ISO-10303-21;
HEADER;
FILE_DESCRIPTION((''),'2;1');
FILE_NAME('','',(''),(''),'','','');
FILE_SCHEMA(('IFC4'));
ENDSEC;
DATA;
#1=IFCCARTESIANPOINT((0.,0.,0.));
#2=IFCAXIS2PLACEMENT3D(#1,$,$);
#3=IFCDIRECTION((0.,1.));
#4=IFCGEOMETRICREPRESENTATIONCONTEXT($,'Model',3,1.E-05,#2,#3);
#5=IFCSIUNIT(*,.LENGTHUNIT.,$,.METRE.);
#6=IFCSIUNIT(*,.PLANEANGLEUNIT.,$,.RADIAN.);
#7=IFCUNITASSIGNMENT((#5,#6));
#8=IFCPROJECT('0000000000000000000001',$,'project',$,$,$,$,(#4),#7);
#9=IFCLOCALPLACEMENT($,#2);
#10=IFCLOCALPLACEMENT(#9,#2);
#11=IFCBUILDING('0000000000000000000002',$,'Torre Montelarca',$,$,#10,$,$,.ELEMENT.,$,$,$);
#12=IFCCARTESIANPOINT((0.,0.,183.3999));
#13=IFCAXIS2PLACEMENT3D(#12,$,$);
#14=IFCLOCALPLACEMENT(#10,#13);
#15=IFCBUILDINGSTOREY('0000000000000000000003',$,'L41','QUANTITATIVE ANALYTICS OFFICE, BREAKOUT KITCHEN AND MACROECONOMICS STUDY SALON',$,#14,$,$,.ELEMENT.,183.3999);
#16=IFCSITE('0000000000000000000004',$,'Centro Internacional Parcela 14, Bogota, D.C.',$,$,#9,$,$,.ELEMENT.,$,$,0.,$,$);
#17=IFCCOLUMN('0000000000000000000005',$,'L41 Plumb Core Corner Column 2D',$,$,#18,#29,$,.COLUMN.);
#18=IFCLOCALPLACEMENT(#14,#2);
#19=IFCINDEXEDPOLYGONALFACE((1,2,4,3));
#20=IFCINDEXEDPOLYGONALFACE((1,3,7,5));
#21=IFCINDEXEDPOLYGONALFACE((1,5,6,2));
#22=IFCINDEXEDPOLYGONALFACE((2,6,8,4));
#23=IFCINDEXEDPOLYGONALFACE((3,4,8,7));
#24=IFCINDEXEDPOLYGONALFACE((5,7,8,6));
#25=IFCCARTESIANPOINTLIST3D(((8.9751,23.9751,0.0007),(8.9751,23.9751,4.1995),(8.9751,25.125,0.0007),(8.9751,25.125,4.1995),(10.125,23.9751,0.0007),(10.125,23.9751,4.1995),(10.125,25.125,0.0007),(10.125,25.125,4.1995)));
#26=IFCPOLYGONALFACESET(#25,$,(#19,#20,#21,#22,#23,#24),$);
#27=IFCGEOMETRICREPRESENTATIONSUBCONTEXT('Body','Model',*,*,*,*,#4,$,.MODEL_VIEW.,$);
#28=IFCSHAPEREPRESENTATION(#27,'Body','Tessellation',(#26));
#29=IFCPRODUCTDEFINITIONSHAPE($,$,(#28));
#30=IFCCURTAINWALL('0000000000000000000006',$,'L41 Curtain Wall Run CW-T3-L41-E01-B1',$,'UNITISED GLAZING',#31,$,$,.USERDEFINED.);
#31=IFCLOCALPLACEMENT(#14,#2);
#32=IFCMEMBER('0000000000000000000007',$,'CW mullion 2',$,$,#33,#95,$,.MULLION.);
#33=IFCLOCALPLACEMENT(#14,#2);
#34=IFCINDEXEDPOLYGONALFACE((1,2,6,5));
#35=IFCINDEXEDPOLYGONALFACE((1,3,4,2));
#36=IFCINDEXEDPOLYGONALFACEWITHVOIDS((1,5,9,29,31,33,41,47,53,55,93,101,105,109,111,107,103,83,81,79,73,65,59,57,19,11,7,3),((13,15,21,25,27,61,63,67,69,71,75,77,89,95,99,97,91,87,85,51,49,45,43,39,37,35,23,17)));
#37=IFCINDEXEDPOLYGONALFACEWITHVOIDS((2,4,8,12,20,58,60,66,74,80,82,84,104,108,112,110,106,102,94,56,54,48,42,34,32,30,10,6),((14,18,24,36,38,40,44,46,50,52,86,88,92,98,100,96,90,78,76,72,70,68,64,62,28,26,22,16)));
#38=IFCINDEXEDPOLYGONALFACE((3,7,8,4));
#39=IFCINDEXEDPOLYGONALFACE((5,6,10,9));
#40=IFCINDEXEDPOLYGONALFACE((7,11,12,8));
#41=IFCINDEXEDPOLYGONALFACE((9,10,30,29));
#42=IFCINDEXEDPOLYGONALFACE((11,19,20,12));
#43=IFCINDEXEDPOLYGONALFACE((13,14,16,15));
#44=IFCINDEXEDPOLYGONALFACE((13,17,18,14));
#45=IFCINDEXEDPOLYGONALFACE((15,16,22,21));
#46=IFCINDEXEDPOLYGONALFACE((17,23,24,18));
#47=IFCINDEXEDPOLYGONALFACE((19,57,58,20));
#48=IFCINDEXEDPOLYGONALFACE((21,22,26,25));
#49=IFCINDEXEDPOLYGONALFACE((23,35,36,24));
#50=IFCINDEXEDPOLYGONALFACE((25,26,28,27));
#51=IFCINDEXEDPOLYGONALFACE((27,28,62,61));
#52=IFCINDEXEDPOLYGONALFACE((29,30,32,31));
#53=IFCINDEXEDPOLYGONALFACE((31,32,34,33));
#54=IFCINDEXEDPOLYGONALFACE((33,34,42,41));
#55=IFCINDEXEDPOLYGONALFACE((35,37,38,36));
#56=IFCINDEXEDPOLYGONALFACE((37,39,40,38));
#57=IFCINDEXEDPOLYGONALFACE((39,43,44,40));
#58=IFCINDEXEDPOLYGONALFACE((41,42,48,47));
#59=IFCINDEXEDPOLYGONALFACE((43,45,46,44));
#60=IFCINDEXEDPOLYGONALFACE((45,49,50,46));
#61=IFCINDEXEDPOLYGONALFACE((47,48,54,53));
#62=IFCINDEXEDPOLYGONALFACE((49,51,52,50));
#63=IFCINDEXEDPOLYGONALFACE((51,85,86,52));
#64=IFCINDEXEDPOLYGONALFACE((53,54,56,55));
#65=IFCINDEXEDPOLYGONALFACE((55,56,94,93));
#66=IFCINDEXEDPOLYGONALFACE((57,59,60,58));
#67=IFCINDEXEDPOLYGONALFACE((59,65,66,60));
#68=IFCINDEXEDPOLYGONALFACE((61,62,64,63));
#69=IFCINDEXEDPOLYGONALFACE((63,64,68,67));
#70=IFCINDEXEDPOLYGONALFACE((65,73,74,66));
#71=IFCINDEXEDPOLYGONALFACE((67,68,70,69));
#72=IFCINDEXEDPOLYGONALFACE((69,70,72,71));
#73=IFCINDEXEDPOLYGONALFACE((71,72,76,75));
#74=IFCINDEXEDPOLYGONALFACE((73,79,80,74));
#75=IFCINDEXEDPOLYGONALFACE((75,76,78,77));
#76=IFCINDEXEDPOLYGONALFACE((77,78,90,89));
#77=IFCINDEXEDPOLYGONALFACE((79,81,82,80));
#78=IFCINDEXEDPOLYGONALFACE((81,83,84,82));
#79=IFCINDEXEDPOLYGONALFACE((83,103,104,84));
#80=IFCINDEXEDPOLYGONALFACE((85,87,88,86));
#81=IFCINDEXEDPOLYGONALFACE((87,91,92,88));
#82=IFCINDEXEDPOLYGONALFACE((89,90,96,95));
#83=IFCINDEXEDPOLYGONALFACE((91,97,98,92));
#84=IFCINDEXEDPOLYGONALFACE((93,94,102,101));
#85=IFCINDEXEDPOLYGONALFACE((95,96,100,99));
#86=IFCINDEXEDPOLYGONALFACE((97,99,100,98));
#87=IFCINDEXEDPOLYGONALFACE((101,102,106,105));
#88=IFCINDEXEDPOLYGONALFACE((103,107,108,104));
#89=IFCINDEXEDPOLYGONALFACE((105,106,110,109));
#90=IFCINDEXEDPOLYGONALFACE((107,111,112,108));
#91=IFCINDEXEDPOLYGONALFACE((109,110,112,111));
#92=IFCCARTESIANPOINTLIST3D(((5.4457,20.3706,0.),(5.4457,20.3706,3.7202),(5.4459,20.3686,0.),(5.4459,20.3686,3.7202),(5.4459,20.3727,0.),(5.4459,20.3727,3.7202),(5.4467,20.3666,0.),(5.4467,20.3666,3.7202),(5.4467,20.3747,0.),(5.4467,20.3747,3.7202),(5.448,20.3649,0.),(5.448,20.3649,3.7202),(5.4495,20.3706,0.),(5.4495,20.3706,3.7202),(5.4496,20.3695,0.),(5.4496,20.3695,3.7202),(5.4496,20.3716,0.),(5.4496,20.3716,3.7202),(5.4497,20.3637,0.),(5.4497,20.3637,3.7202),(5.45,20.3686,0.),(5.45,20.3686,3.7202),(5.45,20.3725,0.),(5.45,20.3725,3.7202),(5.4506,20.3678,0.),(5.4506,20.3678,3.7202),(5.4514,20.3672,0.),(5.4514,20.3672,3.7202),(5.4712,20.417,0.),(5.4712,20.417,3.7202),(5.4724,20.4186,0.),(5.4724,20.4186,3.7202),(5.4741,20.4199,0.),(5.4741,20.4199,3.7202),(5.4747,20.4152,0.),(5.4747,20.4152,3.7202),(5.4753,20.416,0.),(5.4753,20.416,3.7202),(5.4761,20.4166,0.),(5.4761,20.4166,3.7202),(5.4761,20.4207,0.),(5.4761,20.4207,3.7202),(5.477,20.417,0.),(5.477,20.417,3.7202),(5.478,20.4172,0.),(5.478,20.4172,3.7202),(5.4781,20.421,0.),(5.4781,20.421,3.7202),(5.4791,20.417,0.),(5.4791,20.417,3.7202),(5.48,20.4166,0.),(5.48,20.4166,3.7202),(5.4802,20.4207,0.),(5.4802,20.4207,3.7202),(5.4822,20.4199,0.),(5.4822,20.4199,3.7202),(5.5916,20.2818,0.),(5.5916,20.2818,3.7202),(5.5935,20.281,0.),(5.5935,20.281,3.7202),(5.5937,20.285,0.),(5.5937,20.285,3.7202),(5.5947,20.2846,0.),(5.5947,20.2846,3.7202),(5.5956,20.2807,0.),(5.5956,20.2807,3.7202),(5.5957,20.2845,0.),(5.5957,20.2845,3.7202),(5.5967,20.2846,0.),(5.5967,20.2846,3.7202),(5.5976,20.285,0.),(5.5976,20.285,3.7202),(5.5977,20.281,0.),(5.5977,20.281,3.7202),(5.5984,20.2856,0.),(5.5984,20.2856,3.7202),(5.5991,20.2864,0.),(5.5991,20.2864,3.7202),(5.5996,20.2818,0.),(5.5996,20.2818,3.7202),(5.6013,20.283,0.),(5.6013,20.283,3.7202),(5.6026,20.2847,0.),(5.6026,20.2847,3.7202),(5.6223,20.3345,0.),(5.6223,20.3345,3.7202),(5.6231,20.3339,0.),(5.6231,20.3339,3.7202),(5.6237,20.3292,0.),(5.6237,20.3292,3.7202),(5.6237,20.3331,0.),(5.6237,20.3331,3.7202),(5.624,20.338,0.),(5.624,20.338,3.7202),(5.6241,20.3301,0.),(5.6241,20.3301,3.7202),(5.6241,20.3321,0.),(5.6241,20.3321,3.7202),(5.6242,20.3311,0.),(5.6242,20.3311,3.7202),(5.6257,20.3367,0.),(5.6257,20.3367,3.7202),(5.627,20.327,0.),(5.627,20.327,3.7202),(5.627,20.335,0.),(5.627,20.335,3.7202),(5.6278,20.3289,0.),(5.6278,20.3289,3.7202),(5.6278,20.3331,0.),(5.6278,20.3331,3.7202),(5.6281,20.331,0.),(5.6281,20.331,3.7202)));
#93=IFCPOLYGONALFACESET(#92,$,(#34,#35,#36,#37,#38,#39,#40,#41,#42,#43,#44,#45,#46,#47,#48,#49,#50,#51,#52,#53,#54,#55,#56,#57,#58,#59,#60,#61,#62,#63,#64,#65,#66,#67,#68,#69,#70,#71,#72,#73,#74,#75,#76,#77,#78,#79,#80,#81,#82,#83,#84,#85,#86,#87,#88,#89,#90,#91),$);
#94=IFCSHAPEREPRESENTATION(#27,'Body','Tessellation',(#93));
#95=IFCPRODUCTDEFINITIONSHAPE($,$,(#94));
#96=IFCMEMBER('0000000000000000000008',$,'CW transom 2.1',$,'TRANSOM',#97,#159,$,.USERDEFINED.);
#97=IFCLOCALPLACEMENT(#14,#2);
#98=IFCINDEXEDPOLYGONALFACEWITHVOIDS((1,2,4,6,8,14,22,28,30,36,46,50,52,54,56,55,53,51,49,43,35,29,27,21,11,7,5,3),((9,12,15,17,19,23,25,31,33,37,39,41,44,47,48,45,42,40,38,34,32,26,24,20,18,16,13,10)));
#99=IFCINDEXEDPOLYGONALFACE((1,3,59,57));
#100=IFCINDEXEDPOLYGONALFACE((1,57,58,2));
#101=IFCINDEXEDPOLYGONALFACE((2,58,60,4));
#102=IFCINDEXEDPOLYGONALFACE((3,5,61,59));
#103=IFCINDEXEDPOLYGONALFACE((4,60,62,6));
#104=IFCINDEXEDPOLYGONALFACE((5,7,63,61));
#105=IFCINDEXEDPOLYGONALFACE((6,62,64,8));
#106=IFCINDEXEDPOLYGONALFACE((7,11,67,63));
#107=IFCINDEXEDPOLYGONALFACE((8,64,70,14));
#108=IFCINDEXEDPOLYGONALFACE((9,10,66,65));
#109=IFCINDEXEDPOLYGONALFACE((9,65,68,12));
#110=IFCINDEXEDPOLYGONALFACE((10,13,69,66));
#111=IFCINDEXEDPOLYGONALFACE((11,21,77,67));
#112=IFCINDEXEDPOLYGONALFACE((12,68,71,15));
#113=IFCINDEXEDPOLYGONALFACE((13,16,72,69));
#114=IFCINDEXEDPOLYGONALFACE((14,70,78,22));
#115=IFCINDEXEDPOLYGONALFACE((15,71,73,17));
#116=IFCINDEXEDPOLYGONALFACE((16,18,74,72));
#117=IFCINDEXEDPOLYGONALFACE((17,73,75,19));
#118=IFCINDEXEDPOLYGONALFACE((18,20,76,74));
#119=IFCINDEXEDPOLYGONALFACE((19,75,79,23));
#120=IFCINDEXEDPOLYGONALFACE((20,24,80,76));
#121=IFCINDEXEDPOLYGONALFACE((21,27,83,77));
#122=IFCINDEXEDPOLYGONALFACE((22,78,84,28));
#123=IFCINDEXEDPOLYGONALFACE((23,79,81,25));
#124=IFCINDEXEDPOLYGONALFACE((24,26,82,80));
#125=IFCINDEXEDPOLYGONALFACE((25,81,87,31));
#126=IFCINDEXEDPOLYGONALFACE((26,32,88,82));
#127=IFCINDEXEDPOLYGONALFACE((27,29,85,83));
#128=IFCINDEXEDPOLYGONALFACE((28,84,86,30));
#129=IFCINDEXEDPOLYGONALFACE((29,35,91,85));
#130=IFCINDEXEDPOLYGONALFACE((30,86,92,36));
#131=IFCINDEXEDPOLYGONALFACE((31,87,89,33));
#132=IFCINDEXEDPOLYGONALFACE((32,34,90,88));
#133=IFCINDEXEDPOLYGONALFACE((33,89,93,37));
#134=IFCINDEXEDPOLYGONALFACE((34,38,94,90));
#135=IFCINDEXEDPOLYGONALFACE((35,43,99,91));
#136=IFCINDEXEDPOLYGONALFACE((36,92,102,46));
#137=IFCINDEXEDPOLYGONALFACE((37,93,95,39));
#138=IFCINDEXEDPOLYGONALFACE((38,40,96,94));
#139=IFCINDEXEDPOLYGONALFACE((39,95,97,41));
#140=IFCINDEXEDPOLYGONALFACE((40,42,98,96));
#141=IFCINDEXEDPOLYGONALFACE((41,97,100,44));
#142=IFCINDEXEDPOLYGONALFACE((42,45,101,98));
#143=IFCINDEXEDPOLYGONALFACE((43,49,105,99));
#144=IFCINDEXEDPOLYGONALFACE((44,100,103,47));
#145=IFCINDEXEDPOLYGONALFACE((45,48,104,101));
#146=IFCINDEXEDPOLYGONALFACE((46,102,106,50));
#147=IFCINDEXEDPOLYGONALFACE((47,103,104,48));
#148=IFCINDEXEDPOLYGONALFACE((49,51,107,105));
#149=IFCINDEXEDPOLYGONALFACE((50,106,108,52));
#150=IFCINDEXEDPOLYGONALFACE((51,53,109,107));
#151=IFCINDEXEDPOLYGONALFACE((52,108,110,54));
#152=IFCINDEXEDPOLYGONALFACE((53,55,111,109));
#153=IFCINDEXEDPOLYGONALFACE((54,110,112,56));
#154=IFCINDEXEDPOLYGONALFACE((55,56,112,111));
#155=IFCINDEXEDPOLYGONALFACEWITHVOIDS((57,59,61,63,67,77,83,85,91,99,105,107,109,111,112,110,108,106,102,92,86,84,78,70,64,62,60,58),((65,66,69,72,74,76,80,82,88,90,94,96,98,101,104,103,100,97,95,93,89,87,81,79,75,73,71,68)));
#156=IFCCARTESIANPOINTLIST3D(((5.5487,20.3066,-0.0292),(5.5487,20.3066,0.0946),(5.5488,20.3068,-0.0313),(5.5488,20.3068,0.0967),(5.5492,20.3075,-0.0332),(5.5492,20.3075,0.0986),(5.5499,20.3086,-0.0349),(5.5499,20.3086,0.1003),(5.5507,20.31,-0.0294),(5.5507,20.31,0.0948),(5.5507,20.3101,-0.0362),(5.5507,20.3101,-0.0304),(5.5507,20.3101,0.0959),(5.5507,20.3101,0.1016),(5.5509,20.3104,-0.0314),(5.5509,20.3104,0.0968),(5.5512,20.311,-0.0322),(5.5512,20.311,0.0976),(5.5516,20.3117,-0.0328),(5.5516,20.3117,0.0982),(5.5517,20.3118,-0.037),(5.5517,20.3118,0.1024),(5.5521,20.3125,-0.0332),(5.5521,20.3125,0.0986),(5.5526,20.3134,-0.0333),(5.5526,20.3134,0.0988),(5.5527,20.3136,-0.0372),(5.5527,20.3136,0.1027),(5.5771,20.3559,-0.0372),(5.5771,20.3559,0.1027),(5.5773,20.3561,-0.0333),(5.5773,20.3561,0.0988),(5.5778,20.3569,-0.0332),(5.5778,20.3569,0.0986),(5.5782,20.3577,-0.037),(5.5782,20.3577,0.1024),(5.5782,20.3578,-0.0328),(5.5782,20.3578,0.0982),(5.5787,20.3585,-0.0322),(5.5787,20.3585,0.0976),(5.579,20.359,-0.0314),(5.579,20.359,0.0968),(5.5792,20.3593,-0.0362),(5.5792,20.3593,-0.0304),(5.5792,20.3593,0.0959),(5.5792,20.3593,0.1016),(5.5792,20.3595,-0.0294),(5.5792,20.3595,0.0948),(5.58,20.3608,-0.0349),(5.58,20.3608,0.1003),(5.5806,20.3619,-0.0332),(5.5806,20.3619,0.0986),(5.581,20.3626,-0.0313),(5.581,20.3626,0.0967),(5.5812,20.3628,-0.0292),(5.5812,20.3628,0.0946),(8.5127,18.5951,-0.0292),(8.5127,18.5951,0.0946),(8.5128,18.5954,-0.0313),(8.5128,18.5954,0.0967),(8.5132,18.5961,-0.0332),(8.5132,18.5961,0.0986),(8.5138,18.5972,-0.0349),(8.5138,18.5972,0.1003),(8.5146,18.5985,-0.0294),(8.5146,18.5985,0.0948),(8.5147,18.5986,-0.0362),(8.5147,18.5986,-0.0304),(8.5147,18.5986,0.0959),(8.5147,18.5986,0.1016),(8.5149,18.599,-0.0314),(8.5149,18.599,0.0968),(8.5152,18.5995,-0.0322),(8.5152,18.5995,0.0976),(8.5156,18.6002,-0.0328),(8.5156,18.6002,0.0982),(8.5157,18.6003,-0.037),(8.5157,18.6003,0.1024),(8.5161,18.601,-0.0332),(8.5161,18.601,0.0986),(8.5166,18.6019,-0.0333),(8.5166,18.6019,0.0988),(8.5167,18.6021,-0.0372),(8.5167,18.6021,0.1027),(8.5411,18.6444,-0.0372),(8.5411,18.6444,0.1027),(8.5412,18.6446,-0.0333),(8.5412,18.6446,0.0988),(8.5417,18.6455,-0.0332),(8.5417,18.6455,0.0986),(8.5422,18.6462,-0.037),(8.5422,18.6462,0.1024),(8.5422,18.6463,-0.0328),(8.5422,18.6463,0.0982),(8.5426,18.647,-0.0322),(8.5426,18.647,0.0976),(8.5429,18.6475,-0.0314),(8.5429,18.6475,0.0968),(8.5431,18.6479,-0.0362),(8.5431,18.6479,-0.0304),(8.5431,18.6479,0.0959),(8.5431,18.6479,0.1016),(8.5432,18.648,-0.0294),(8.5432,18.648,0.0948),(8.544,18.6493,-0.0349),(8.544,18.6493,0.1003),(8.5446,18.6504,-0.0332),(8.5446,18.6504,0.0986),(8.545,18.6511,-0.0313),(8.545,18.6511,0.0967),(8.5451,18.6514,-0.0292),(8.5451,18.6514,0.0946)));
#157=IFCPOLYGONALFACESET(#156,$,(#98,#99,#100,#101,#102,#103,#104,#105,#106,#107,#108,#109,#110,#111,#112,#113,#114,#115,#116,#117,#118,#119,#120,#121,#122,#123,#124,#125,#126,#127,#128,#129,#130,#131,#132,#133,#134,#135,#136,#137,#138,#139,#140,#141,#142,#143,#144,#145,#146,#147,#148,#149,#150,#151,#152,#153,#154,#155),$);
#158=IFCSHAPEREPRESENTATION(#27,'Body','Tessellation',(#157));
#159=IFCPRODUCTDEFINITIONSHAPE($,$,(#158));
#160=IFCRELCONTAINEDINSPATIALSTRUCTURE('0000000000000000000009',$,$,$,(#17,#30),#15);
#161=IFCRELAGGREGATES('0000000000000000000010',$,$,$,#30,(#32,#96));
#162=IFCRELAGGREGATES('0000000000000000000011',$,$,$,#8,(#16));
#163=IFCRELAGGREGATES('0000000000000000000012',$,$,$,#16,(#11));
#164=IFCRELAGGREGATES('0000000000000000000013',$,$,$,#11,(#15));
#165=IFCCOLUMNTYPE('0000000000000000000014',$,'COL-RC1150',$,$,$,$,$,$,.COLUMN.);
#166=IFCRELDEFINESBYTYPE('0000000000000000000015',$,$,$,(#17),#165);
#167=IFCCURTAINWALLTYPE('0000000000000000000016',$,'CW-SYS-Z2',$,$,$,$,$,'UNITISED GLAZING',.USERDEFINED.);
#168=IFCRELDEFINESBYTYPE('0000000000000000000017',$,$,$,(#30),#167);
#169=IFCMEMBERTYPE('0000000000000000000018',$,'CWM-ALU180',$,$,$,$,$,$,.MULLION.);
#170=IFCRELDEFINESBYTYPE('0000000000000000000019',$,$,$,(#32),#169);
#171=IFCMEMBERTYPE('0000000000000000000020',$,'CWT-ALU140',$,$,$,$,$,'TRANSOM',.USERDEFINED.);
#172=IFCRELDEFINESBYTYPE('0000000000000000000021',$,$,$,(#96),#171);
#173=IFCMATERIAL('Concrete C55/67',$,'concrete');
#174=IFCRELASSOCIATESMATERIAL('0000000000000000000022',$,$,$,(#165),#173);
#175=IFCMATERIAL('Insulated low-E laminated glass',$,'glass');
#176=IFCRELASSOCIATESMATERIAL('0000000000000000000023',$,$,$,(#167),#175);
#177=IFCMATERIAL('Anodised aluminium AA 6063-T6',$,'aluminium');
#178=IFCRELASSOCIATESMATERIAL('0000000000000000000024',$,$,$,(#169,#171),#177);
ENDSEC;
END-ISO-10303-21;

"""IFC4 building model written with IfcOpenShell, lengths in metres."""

from ifc_helpers import new_model, si_unit, direction, frame, origin, origin_2d, place, context, subcontext, project, spatial, rectangle, hollow_rectangle, extrude, source, transform, mapped, material, material_profile, profile_set, type_object, element, aggregate, save


model = new_model("IFC4")

# Units and contexts
model_context = context("Model", 3, precision=1e-05, world=origin(), true_north=direction((0.0, 1.0)))
body_context = subcontext(model_context, "Body", "Model", "MODEL_VIEW")
ifc_project = project(units=[si_unit("LENGTHUNIT", "METRE"), si_unit("PLANEANGLEUNIT", "RADIAN")], contexts=[model_context])

# Site, building, storey
site_placement = place(None, origin())
site = spatial("IfcSite", under=ifc_project, at=site_placement, Name="Centro Internacional Parcela 14, Bogota, D.C.", CompositionType="ELEMENT", RefElevation=0.0)
building_placement = place(site_placement, origin())
building = spatial("IfcBuilding", under=site, at=building_placement, Name="Torre Montelarca", CompositionType="ELEMENT")
storey_placement = place(building_placement, frame((0.0, 0.0, 183.3999)))
storey = spatial("IfcBuildingStorey", under=building, at=storey_placement, Name="L41", Description="QUANTITATIVE ANALYTICS OFFICE, BREAKOUT KITCHEN AND MACROECONOMICS STUDY SALON", CompositionType="ELEMENT", Elevation=183.3999)

# Column
ifc_material_1 = material(Name="Concrete C55/67", Category="concrete")
ifc_material_profile_1 = material_profile(ifc_material_1, rectangle(XDim=1.1499, YDim=1.1499, at=origin_2d()), Name="RC1150X1150", Category="concrete")
ifc_profile_set_1 = profile_set([ifc_material_profile_1], Name="Concrete C55/67")
column_type = type_object("IfcColumnType", Name="COL-RC1150", PredefinedType="COLUMN", material=ifc_profile_set_1)
shared_shape_1 = source(origin(), body_context, "Body", "SweptSolid", [
    extrude(rectangle(XDim=1.1499, YDim=1.1499, at=origin_2d()), origin(), (0.0, 0.0, 1.0), 4.1987),
])
column_placement = place(storey_placement, frame((9.55, 24.55, 0.0007), z_axis=(0.0, 0.0, 1.0), x_axis=(1.0, 0.0, 0.0)))
element("IfcColumn", 1, at=column_placement, inside=storey, type_object=column_type, Name="L41 Plumb Core Corner Column 2D", PredefinedType="COLUMN", context=body_context, shape_type="MappedRepresentation", body=[
    mapped(shared_shape_1, transform((0.0, 0.0, 0.0), scale=1.0)),
])

# Curtain wall, members
ifc_material_2 = material(Name="Insulated low-E laminated glass", Category="glass")
curtain_wall_type = type_object("IfcCurtainWallType", Name="CW-SYS-Z2", ElementType="UNITISED GLAZING", PredefinedType="USERDEFINED", material=ifc_material_2)
curtain_wall_placement = place(storey_placement, origin())
curtain_wall = element("IfcCurtainWall", 2, at=curtain_wall_placement, inside=storey, type_object=curtain_wall_type, Name="L41 Curtain Wall Run CW-T3-L41-E01-B1", ObjectType="UNITISED GLAZING", PredefinedType="USERDEFINED")
ifc_material_3 = material(Name="Anodised aluminium AA 6063-T6", Category="aluminium")
ifc_material_profile_2 = material_profile(ifc_material_3, hollow_rectangle(XDim=0.0649, YDim=0.1799, WallThickness=0.0039, InnerFilletRadius=0.0039, OuterFilletRadius=0.0081, at=origin_2d()), Name="ALU65X180X4", Category="aluminium")
ifc_profile_set_2 = profile_set([ifc_material_profile_2], Name="Anodised aluminium AA 6063-T6")
member_type_1 = type_object("IfcMemberType", Name="CWM-ALU180", PredefinedType="MULLION", material=ifc_profile_set_2)
shared_shape_2 = source(origin(), body_context, "Body", "SweptSolid", [
    extrude(hollow_rectangle(XDim=0.0649, YDim=0.1799, WallThickness=0.0039, InnerFilletRadius=0.0039, OuterFilletRadius=0.0081, at=origin_2d()), origin(), (0.0, 0.0, 1.0), 3.7202),
])
member_1_placement = place(storey_placement, frame((5.5369, 20.3508, 0.0), z_axis=(0.0, 0.0, 1.0), x_axis=(0.500001, 0.866025, 0.0)))
member_1 = element("IfcMember", 3, at=member_1_placement, type_object=member_type_1, Name="CW mullion 2", PredefinedType="MULLION", context=body_context, shape_type="MappedRepresentation", body=[
    mapped(shared_shape_2, transform((0.0, 0.0, 0.0), scale=1.0)),
])
ifc_material_profile_3 = material_profile(ifc_material_3, hollow_rectangle(XDim=0.0649, YDim=0.1399, WallThickness=0.0039, InnerFilletRadius=0.0039, OuterFilletRadius=0.0081, at=origin_2d()), Name="ALU65X140X4", Category="aluminium")
ifc_profile_set_3 = profile_set([ifc_material_profile_3], Name="Anodised aluminium AA 6063-T6")
member_type_2 = type_object("IfcMemberType", Name="CWT-ALU140", ElementType="TRANSOM", PredefinedType="USERDEFINED", material=ifc_profile_set_3)
shared_shape_3 = source(origin(), body_context, "Body", "SweptSolid", [
    extrude(hollow_rectangle(XDim=0.0649, YDim=0.1399, WallThickness=0.0039, InnerFilletRadius=0.0039, OuterFilletRadius=0.0081, at=origin_2d()), origin(), (0.0, 0.0, 1.0), 3.4226),
])
member_2_placement = place(storey_placement, frame((5.5649, 20.3347, 0.0327), z_axis=(0.865996, -0.500052, 0.0), x_axis=(0.500052, 0.865996, 0.0)))
member_2 = element("IfcMember", 4, at=member_2_placement, type_object=member_type_2, Name="CW transom 2.1", ObjectType="TRANSOM", PredefinedType="USERDEFINED", context=body_context, shape_type="MappedRepresentation", body=[
    mapped(shared_shape_3, transform((0.0, 0.0, 0.0), scale=1.0)),
])
aggregate(curtain_wall, [member_1, member_2])

save(model, "model.ifc")
